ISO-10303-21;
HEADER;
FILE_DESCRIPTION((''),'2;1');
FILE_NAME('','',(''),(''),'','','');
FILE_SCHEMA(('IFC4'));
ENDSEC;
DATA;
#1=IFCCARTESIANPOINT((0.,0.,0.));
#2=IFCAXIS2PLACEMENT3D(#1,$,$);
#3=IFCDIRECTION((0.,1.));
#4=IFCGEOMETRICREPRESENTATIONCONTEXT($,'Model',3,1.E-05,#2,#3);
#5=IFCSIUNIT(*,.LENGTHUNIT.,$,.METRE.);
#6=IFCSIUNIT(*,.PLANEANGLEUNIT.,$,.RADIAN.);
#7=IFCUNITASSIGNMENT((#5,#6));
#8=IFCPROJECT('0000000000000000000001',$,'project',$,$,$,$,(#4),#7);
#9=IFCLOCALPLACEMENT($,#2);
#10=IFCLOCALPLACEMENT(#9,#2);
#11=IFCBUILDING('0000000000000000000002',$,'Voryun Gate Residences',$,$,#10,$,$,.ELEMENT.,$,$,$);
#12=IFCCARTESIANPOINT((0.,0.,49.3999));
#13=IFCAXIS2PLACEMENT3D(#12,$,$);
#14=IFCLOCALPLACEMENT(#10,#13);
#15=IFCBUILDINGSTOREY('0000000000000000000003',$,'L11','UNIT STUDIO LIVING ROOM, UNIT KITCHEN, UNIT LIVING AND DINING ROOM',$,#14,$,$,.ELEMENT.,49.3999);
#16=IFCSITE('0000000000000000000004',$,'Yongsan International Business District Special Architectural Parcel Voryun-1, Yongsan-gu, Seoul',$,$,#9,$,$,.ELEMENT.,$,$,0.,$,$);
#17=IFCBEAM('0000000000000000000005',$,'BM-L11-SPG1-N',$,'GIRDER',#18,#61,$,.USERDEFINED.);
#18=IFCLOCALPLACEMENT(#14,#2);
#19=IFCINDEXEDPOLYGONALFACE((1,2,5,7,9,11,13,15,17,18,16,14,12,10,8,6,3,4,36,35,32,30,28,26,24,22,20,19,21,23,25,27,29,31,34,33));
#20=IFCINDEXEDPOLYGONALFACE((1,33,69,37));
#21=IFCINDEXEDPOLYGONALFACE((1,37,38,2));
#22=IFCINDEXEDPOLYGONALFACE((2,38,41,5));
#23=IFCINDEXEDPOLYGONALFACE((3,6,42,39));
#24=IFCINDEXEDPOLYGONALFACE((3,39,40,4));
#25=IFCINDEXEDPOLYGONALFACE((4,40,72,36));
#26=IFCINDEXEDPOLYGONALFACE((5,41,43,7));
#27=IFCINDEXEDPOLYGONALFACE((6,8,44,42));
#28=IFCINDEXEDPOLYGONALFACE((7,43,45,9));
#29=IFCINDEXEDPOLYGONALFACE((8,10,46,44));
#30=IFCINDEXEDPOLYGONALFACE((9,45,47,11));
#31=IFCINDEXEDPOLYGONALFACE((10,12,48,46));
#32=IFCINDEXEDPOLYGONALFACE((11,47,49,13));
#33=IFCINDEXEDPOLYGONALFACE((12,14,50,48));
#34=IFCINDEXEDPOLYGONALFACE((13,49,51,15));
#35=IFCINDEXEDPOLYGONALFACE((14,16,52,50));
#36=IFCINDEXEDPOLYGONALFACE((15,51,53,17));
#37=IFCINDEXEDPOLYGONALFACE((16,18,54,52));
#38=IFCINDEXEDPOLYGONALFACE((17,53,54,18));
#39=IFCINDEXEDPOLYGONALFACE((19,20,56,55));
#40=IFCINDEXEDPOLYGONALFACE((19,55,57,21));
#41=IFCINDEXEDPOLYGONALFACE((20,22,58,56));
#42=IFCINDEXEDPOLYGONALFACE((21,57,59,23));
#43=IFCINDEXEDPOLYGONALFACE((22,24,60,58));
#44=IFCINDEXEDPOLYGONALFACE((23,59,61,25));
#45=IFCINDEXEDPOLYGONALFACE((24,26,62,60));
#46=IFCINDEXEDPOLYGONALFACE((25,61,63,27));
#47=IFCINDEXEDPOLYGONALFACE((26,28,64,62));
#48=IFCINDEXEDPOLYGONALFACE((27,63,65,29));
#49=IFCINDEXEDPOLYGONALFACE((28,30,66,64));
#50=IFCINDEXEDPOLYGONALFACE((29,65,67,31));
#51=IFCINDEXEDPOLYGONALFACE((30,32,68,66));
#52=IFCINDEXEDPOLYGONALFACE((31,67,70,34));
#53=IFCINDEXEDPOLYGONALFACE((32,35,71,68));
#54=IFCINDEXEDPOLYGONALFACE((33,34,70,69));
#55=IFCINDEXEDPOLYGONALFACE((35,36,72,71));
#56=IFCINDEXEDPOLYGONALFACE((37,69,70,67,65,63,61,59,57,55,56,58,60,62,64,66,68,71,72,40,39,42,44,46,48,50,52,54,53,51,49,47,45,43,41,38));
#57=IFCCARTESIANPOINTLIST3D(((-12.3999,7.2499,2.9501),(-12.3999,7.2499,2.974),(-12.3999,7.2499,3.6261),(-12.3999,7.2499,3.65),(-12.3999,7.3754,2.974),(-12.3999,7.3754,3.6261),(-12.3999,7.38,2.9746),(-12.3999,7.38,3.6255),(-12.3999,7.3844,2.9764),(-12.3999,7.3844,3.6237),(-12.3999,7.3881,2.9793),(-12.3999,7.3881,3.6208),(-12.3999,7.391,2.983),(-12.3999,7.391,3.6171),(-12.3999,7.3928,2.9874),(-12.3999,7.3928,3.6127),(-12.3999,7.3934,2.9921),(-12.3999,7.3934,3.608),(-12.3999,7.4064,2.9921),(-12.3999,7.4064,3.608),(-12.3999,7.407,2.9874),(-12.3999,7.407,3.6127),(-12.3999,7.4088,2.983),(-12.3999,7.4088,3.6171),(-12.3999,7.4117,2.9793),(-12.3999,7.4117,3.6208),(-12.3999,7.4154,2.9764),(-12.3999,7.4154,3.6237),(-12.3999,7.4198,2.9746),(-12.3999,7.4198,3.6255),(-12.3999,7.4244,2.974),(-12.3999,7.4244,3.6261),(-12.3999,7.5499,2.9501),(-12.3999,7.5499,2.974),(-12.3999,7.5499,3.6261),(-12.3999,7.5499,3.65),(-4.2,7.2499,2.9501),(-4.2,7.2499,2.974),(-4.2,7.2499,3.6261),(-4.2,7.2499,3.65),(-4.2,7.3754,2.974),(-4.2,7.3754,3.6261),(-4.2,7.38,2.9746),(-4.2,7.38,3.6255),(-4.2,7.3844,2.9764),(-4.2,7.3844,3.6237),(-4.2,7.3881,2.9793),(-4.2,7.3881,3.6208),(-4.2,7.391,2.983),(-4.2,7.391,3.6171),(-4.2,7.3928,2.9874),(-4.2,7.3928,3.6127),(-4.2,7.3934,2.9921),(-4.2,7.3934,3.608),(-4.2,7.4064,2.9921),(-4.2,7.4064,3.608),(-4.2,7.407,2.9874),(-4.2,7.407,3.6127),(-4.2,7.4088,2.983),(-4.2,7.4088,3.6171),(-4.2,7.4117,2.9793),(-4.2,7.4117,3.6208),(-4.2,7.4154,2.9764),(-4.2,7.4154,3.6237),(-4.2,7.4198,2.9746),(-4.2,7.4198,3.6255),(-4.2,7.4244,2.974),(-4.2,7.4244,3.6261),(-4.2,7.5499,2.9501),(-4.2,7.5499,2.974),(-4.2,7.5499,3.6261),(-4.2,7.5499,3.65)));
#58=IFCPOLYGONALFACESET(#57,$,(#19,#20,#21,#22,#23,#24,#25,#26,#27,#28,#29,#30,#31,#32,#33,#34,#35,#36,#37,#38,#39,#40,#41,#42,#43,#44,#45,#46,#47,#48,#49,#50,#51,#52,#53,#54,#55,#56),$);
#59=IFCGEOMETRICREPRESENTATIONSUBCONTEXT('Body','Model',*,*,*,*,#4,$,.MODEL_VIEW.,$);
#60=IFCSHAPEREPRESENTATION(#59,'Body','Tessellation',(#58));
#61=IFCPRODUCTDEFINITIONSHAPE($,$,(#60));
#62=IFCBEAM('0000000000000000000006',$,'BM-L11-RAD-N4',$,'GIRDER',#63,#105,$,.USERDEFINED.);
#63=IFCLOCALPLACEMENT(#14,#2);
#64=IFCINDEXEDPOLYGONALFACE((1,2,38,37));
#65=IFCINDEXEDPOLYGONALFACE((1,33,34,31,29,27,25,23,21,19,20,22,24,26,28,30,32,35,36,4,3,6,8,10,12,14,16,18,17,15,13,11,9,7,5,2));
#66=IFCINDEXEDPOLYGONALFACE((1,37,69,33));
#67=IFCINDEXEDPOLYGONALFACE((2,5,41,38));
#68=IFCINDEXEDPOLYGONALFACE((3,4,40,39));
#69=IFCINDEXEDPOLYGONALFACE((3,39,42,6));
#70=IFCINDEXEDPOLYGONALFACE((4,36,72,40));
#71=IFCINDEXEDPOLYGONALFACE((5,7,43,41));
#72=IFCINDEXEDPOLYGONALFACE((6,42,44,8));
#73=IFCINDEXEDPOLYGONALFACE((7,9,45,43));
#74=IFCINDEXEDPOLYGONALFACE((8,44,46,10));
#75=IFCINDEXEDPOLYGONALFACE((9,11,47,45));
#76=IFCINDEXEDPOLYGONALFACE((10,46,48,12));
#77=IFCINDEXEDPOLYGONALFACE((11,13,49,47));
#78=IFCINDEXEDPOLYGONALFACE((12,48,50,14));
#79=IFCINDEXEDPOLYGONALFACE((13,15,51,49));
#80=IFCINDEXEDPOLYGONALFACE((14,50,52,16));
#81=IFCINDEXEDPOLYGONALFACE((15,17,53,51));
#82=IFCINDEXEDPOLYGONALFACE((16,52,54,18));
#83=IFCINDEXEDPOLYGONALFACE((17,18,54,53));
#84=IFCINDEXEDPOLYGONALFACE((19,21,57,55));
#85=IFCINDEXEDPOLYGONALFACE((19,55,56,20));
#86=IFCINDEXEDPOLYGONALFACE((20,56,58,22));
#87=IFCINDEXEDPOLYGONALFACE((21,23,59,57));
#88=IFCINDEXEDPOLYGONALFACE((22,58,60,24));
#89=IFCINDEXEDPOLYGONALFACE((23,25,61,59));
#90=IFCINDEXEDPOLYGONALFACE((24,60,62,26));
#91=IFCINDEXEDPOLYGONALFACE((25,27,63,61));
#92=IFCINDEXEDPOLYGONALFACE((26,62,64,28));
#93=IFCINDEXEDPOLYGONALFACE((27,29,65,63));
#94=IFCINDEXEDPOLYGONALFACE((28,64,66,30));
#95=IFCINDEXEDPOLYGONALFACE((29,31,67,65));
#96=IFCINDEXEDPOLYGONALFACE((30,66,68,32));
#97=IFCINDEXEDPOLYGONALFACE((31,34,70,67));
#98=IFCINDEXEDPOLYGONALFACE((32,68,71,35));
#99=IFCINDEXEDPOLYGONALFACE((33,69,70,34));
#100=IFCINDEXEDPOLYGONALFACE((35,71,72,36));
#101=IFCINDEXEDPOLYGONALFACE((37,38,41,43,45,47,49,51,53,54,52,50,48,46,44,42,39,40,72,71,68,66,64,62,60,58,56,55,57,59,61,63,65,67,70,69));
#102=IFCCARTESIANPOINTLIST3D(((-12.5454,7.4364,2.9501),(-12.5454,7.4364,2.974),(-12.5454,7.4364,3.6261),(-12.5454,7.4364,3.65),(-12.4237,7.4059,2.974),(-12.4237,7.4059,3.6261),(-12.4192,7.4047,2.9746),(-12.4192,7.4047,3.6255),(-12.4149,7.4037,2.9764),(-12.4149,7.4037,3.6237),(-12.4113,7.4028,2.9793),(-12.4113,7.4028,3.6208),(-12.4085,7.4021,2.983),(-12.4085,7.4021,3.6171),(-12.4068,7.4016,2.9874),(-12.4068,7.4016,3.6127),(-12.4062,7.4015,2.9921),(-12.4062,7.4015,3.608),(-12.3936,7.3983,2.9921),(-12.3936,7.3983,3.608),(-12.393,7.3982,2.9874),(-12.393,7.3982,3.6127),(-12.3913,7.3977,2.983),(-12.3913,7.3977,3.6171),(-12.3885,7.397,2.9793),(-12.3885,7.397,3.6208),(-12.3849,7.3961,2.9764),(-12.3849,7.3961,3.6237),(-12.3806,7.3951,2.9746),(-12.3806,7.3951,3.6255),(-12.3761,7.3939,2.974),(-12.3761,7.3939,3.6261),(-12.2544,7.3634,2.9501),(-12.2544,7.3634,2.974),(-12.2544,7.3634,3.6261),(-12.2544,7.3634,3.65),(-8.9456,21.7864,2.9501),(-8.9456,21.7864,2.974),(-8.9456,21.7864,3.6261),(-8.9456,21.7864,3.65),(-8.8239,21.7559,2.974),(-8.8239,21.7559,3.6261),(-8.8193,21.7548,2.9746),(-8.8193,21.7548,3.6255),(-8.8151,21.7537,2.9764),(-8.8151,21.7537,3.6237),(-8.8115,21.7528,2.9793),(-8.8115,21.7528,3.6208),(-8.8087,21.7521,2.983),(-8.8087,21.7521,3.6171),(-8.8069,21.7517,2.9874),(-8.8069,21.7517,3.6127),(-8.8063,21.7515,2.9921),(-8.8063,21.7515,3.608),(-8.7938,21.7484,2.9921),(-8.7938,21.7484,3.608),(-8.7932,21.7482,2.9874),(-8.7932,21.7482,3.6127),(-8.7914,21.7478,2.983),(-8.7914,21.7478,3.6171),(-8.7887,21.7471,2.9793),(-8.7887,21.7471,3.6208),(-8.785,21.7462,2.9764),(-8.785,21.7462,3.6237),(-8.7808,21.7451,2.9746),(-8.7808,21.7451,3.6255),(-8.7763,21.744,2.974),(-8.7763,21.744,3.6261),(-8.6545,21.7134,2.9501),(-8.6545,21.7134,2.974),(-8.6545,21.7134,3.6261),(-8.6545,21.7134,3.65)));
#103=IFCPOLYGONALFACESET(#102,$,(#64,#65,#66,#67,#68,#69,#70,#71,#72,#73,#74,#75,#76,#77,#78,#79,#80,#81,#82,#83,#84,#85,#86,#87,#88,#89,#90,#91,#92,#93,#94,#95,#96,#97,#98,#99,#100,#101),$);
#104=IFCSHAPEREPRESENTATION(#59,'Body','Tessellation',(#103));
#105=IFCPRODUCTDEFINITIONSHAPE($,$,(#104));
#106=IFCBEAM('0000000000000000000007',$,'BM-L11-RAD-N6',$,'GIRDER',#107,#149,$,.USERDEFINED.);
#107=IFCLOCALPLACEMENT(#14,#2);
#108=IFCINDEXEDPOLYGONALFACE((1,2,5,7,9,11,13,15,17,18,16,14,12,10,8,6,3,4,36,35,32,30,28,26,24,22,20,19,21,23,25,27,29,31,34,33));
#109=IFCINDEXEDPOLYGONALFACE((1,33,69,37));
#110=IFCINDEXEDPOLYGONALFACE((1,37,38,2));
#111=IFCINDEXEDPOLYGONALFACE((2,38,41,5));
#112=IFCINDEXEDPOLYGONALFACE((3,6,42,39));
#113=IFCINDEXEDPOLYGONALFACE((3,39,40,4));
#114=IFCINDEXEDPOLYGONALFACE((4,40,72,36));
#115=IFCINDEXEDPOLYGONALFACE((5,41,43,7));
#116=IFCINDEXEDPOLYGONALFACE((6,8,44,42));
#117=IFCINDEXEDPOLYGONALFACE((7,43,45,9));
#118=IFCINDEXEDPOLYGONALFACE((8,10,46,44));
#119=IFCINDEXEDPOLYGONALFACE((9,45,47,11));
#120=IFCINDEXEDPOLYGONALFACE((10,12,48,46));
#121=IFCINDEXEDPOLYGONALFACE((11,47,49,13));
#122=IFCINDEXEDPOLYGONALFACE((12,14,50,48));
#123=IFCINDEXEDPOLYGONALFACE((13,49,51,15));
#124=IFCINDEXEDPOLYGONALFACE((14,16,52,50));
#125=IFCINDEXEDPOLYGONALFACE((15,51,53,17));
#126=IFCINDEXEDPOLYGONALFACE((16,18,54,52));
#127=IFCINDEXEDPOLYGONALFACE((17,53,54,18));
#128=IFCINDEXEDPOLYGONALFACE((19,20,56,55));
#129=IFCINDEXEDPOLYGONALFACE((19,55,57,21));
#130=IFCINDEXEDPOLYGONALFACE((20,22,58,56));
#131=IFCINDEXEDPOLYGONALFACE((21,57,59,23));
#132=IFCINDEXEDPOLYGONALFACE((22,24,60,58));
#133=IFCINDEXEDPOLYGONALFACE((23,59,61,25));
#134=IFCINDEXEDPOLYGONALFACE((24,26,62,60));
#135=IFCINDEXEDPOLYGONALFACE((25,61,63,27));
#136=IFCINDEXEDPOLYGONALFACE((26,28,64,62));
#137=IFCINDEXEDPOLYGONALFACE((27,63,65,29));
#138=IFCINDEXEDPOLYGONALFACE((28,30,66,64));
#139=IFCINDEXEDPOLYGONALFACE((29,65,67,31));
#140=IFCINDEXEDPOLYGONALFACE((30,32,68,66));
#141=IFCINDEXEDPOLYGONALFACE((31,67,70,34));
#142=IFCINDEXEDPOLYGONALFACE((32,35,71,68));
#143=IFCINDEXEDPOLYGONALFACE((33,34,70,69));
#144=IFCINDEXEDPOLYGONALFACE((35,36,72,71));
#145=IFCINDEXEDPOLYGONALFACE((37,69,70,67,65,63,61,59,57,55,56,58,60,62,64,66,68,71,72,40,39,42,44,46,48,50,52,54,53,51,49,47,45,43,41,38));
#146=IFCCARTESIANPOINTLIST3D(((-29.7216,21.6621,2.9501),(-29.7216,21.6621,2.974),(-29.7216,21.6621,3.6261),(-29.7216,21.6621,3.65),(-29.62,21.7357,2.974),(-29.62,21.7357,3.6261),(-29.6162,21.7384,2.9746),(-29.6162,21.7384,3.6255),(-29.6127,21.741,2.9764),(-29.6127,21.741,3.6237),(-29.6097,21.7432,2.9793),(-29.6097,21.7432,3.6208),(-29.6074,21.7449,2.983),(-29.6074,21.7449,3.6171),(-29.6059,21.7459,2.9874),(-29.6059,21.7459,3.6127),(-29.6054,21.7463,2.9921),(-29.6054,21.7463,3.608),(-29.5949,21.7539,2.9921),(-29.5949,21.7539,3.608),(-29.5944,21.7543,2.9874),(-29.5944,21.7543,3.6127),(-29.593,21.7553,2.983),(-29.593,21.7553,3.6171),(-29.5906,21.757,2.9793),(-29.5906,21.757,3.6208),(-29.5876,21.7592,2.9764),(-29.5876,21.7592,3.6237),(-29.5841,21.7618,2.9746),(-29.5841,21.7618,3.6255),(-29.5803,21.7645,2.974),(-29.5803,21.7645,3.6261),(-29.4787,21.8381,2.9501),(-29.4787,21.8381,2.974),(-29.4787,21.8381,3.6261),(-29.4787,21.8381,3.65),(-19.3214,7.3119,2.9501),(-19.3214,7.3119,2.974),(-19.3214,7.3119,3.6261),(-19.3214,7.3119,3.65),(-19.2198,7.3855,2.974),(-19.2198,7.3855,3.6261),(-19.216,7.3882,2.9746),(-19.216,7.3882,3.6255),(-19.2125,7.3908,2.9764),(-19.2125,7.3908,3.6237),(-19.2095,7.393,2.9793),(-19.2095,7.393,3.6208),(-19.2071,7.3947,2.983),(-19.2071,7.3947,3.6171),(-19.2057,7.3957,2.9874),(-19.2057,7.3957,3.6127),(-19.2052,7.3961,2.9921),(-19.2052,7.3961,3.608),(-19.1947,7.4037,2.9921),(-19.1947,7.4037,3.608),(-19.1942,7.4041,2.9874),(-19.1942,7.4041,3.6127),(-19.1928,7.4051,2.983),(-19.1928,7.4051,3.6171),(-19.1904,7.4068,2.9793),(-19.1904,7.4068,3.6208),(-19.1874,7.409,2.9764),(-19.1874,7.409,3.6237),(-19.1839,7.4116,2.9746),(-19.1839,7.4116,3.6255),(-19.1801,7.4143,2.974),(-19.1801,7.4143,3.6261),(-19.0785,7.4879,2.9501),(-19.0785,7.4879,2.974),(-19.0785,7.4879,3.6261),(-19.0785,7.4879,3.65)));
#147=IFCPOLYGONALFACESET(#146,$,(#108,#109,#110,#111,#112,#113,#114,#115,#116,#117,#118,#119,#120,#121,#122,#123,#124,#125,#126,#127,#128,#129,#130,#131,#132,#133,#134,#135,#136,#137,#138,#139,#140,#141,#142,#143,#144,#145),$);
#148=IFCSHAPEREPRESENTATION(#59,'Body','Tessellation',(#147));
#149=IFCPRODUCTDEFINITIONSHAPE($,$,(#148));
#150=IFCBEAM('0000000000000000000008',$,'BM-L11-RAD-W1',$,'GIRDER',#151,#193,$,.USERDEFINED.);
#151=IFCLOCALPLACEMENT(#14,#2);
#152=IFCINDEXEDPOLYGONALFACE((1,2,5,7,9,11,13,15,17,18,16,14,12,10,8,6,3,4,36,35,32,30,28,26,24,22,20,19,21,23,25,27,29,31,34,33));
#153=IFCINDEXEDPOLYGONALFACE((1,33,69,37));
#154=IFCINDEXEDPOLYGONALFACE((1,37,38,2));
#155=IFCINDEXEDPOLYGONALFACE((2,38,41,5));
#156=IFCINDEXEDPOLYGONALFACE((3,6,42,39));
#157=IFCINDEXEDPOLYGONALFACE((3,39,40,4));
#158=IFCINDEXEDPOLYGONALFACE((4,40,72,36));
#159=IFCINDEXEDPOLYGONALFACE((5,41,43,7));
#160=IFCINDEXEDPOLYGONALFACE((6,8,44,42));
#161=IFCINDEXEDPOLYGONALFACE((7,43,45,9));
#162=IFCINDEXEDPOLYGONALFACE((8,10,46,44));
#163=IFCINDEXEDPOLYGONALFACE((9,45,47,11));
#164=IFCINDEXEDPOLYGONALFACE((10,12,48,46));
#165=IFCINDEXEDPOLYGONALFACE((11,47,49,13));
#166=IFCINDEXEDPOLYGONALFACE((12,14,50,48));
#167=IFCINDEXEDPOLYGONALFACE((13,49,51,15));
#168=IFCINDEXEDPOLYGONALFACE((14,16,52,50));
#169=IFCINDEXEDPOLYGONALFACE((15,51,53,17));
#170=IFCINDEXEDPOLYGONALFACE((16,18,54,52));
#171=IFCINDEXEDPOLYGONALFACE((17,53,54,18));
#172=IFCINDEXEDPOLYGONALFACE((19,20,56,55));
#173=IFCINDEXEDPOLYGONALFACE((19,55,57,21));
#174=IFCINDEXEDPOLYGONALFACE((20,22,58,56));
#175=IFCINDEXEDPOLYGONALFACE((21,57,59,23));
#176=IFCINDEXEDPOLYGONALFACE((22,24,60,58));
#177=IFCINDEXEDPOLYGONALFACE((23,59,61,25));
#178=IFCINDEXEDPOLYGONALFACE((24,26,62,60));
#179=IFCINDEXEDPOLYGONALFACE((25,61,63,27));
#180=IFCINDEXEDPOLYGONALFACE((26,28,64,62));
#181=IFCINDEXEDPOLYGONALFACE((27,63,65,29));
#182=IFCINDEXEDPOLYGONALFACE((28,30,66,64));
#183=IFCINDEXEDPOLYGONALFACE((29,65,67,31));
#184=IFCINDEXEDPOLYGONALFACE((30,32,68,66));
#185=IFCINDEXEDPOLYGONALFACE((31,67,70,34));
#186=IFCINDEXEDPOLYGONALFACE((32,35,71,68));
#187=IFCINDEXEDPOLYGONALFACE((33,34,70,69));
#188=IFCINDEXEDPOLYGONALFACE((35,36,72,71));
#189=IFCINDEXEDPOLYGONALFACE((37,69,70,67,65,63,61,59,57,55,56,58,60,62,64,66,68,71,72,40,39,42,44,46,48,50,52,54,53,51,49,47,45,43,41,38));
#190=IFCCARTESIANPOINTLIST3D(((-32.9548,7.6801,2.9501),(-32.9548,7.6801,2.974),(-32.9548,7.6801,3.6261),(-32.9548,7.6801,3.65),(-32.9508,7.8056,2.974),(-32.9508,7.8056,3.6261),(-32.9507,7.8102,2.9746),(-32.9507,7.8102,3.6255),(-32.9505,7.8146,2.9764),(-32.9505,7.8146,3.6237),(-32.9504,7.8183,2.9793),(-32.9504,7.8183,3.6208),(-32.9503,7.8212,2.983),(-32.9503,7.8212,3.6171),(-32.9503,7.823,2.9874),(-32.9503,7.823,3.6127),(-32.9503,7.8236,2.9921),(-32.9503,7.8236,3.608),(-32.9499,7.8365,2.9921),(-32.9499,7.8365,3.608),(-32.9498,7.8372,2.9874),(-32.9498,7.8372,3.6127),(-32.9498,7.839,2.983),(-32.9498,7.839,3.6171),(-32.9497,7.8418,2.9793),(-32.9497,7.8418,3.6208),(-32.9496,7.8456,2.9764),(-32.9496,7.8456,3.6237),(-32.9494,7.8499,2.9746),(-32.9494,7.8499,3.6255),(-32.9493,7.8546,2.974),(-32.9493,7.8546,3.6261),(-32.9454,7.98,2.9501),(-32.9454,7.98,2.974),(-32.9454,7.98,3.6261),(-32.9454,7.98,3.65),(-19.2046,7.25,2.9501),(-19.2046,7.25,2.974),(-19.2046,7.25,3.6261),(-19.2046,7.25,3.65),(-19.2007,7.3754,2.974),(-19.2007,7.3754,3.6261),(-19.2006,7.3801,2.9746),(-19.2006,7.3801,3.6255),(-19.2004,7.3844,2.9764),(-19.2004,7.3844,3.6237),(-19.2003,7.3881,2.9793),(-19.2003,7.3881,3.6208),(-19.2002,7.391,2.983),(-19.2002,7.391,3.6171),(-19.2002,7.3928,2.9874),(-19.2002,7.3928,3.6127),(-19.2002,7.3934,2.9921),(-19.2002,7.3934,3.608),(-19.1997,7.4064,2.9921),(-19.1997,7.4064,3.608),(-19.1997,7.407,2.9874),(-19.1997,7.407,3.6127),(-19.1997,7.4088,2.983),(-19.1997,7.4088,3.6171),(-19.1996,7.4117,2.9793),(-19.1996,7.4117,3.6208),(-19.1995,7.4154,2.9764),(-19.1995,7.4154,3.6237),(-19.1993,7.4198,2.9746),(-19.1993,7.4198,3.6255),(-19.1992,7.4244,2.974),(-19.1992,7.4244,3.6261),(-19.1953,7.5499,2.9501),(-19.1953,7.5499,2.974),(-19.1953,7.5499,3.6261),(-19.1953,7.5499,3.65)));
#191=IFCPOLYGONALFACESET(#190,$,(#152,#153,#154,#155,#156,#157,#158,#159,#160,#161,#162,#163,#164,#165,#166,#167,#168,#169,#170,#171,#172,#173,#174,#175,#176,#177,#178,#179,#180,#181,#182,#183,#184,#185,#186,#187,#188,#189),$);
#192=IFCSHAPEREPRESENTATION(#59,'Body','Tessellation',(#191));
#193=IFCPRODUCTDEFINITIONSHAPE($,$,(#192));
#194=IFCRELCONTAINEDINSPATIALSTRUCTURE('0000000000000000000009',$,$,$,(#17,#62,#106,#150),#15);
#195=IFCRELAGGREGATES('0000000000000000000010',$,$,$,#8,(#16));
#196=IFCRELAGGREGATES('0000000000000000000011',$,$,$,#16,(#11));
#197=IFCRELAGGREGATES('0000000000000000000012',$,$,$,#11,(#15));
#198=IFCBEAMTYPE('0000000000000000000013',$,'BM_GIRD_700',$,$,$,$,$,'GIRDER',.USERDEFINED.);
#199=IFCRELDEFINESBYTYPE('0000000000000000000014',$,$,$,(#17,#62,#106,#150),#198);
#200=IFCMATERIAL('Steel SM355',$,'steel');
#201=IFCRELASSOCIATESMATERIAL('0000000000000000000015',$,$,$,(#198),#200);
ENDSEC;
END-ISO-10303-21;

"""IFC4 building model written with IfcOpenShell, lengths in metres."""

from ifc_helpers import new_model, si_unit, direction, frame, origin, origin_2d, place, context, subcontext, project, spatial, i_section, extrude, material, material_profile, profile_set, type_object, element, save


model = new_model("IFC4")

# Units and contexts
model_context = context("Model", 3, precision=1e-05, world=origin(), true_north=direction((0.0, 1.0)))
body_context = subcontext(model_context, "Body", "Model", "MODEL_VIEW")
ifc_project = project(units=[si_unit("LENGTHUNIT", "METRE"), si_unit("PLANEANGLEUNIT", "RADIAN")], contexts=[model_context])

# Site, building, storey
site_placement = place(None, origin())
site = spatial("IfcSite", under=ifc_project, at=site_placement, Name="Yongsan International Business District Special Architectural Parcel Voryun-1, Yongsan-gu, Seoul", CompositionType="ELEMENT", RefElevation=0.0)
building_placement = place(site_placement, origin())
building = spatial("IfcBuilding", under=site, at=building_placement, Name="Voryun Gate Residences", CompositionType="ELEMENT")
storey_placement = place(building_placement, frame((0.0, 0.0, 49.3999)))
storey = spatial("IfcBuildingStorey", under=building, at=storey_placement, Name="L11", Description="UNIT STUDIO LIVING ROOM, UNIT KITCHEN, UNIT LIVING AND DINING ROOM", CompositionType="ELEMENT", Elevation=49.3999)

# Beams
ifc_material_1 = material(Name="Steel SM355", Category="steel")
ifc_material_profile_1 = material_profile(ifc_material_1, i_section(OverallWidth=0.3, OverallDepth=0.7, WebThickness=0.0129, FlangeThickness=0.0239, FilletRadius=0.0181, at=origin_2d()), Name="H-700x300x13x24")
ifc_profile_set_1 = profile_set([ifc_material_profile_1], Name="Steel SM355")
beam_type_1 = type_object("IfcBeamType", Name="BM_GIRD_700", ElementType="GIRDER", PredefinedType="USERDEFINED", material=ifc_profile_set_1)
beam_1_placement = place(storey_placement, frame((-12.3999, 7.3999, 3.3), z_axis=(1.0, 0.0, 0.0), x_axis=(0.0, 1.0, 0.0)))
element("IfcBeam", 1, at=beam_1_placement, inside=storey, type_object=beam_type_1, Name="BM-L11-SPG1-N", ObjectType="GIRDER", PredefinedType="USERDEFINED", context=body_context, shape_type="SweptSolid", body=[
    extrude(i_section(OverallWidth=0.3, OverallDepth=0.7, WebThickness=0.0129, FlangeThickness=0.0239, FilletRadius=0.0181, at=origin_2d()), origin(), (0.0, 0.0, 1.0), 8.2),
])
beam_2_placement = place(storey_placement, frame((-12.3999, 7.3999, 3.3), z_axis=(0.24332, 0.969946, 0.0), x_axis=(-0.969946, 0.24332, 0.0)))
element("IfcBeam", 2, at=beam_2_placement, inside=storey, type_object=beam_type_1, Name="BM-L11-RAD-N4", ObjectType="GIRDER", PredefinedType="USERDEFINED", context=body_context, shape_type="SweptSolid", body=[
    extrude(i_section(OverallWidth=0.3, OverallDepth=0.7, WebThickness=0.0129, FlangeThickness=0.0239, FilletRadius=0.0181, at=origin_2d()), origin(), (0.0, 0.0, 1.0), 14.7947),
])
beam_3_placement = place(storey_placement, frame((-19.2, 7.3999, 3.3), z_axis=(-0.586832, 0.809709, 0.0), x_axis=(-0.809709, -0.586832, 0.0)))
element("IfcBeam", 3, at=beam_3_placement, inside=storey, type_object=beam_type_1, Name="BM-L11-RAD-N6", ObjectType="GIRDER", PredefinedType="USERDEFINED", context=body_context, shape_type="SweptSolid", body=[
    extrude(i_section(OverallWidth=0.3, OverallDepth=0.7, WebThickness=0.0129, FlangeThickness=0.0239, FilletRadius=0.0181, at=origin_2d()), origin(), (0.0, 0.0, 1.0), 17.7227),
])
beam_4_placement = place(storey_placement, frame((-19.2, 7.3999, 3.3), z_axis=(-0.999511, 0.03127, 0.0), x_axis=(-0.03127, -0.999511, 0.0)))
element("IfcBeam", 4, at=beam_4_placement, inside=storey, type_object=beam_type_1, Name="BM-L11-RAD-W1", ObjectType="GIRDER", PredefinedType="USERDEFINED", context=body_context, shape_type="SweptSolid", body=[
    extrude(i_section(OverallWidth=0.3, OverallDepth=0.7, WebThickness=0.0129, FlangeThickness=0.0239, FilletRadius=0.0181, at=origin_2d()), origin(), (0.0, 0.0, 1.0), 13.7568),
])

save(model, "model.ifc")
